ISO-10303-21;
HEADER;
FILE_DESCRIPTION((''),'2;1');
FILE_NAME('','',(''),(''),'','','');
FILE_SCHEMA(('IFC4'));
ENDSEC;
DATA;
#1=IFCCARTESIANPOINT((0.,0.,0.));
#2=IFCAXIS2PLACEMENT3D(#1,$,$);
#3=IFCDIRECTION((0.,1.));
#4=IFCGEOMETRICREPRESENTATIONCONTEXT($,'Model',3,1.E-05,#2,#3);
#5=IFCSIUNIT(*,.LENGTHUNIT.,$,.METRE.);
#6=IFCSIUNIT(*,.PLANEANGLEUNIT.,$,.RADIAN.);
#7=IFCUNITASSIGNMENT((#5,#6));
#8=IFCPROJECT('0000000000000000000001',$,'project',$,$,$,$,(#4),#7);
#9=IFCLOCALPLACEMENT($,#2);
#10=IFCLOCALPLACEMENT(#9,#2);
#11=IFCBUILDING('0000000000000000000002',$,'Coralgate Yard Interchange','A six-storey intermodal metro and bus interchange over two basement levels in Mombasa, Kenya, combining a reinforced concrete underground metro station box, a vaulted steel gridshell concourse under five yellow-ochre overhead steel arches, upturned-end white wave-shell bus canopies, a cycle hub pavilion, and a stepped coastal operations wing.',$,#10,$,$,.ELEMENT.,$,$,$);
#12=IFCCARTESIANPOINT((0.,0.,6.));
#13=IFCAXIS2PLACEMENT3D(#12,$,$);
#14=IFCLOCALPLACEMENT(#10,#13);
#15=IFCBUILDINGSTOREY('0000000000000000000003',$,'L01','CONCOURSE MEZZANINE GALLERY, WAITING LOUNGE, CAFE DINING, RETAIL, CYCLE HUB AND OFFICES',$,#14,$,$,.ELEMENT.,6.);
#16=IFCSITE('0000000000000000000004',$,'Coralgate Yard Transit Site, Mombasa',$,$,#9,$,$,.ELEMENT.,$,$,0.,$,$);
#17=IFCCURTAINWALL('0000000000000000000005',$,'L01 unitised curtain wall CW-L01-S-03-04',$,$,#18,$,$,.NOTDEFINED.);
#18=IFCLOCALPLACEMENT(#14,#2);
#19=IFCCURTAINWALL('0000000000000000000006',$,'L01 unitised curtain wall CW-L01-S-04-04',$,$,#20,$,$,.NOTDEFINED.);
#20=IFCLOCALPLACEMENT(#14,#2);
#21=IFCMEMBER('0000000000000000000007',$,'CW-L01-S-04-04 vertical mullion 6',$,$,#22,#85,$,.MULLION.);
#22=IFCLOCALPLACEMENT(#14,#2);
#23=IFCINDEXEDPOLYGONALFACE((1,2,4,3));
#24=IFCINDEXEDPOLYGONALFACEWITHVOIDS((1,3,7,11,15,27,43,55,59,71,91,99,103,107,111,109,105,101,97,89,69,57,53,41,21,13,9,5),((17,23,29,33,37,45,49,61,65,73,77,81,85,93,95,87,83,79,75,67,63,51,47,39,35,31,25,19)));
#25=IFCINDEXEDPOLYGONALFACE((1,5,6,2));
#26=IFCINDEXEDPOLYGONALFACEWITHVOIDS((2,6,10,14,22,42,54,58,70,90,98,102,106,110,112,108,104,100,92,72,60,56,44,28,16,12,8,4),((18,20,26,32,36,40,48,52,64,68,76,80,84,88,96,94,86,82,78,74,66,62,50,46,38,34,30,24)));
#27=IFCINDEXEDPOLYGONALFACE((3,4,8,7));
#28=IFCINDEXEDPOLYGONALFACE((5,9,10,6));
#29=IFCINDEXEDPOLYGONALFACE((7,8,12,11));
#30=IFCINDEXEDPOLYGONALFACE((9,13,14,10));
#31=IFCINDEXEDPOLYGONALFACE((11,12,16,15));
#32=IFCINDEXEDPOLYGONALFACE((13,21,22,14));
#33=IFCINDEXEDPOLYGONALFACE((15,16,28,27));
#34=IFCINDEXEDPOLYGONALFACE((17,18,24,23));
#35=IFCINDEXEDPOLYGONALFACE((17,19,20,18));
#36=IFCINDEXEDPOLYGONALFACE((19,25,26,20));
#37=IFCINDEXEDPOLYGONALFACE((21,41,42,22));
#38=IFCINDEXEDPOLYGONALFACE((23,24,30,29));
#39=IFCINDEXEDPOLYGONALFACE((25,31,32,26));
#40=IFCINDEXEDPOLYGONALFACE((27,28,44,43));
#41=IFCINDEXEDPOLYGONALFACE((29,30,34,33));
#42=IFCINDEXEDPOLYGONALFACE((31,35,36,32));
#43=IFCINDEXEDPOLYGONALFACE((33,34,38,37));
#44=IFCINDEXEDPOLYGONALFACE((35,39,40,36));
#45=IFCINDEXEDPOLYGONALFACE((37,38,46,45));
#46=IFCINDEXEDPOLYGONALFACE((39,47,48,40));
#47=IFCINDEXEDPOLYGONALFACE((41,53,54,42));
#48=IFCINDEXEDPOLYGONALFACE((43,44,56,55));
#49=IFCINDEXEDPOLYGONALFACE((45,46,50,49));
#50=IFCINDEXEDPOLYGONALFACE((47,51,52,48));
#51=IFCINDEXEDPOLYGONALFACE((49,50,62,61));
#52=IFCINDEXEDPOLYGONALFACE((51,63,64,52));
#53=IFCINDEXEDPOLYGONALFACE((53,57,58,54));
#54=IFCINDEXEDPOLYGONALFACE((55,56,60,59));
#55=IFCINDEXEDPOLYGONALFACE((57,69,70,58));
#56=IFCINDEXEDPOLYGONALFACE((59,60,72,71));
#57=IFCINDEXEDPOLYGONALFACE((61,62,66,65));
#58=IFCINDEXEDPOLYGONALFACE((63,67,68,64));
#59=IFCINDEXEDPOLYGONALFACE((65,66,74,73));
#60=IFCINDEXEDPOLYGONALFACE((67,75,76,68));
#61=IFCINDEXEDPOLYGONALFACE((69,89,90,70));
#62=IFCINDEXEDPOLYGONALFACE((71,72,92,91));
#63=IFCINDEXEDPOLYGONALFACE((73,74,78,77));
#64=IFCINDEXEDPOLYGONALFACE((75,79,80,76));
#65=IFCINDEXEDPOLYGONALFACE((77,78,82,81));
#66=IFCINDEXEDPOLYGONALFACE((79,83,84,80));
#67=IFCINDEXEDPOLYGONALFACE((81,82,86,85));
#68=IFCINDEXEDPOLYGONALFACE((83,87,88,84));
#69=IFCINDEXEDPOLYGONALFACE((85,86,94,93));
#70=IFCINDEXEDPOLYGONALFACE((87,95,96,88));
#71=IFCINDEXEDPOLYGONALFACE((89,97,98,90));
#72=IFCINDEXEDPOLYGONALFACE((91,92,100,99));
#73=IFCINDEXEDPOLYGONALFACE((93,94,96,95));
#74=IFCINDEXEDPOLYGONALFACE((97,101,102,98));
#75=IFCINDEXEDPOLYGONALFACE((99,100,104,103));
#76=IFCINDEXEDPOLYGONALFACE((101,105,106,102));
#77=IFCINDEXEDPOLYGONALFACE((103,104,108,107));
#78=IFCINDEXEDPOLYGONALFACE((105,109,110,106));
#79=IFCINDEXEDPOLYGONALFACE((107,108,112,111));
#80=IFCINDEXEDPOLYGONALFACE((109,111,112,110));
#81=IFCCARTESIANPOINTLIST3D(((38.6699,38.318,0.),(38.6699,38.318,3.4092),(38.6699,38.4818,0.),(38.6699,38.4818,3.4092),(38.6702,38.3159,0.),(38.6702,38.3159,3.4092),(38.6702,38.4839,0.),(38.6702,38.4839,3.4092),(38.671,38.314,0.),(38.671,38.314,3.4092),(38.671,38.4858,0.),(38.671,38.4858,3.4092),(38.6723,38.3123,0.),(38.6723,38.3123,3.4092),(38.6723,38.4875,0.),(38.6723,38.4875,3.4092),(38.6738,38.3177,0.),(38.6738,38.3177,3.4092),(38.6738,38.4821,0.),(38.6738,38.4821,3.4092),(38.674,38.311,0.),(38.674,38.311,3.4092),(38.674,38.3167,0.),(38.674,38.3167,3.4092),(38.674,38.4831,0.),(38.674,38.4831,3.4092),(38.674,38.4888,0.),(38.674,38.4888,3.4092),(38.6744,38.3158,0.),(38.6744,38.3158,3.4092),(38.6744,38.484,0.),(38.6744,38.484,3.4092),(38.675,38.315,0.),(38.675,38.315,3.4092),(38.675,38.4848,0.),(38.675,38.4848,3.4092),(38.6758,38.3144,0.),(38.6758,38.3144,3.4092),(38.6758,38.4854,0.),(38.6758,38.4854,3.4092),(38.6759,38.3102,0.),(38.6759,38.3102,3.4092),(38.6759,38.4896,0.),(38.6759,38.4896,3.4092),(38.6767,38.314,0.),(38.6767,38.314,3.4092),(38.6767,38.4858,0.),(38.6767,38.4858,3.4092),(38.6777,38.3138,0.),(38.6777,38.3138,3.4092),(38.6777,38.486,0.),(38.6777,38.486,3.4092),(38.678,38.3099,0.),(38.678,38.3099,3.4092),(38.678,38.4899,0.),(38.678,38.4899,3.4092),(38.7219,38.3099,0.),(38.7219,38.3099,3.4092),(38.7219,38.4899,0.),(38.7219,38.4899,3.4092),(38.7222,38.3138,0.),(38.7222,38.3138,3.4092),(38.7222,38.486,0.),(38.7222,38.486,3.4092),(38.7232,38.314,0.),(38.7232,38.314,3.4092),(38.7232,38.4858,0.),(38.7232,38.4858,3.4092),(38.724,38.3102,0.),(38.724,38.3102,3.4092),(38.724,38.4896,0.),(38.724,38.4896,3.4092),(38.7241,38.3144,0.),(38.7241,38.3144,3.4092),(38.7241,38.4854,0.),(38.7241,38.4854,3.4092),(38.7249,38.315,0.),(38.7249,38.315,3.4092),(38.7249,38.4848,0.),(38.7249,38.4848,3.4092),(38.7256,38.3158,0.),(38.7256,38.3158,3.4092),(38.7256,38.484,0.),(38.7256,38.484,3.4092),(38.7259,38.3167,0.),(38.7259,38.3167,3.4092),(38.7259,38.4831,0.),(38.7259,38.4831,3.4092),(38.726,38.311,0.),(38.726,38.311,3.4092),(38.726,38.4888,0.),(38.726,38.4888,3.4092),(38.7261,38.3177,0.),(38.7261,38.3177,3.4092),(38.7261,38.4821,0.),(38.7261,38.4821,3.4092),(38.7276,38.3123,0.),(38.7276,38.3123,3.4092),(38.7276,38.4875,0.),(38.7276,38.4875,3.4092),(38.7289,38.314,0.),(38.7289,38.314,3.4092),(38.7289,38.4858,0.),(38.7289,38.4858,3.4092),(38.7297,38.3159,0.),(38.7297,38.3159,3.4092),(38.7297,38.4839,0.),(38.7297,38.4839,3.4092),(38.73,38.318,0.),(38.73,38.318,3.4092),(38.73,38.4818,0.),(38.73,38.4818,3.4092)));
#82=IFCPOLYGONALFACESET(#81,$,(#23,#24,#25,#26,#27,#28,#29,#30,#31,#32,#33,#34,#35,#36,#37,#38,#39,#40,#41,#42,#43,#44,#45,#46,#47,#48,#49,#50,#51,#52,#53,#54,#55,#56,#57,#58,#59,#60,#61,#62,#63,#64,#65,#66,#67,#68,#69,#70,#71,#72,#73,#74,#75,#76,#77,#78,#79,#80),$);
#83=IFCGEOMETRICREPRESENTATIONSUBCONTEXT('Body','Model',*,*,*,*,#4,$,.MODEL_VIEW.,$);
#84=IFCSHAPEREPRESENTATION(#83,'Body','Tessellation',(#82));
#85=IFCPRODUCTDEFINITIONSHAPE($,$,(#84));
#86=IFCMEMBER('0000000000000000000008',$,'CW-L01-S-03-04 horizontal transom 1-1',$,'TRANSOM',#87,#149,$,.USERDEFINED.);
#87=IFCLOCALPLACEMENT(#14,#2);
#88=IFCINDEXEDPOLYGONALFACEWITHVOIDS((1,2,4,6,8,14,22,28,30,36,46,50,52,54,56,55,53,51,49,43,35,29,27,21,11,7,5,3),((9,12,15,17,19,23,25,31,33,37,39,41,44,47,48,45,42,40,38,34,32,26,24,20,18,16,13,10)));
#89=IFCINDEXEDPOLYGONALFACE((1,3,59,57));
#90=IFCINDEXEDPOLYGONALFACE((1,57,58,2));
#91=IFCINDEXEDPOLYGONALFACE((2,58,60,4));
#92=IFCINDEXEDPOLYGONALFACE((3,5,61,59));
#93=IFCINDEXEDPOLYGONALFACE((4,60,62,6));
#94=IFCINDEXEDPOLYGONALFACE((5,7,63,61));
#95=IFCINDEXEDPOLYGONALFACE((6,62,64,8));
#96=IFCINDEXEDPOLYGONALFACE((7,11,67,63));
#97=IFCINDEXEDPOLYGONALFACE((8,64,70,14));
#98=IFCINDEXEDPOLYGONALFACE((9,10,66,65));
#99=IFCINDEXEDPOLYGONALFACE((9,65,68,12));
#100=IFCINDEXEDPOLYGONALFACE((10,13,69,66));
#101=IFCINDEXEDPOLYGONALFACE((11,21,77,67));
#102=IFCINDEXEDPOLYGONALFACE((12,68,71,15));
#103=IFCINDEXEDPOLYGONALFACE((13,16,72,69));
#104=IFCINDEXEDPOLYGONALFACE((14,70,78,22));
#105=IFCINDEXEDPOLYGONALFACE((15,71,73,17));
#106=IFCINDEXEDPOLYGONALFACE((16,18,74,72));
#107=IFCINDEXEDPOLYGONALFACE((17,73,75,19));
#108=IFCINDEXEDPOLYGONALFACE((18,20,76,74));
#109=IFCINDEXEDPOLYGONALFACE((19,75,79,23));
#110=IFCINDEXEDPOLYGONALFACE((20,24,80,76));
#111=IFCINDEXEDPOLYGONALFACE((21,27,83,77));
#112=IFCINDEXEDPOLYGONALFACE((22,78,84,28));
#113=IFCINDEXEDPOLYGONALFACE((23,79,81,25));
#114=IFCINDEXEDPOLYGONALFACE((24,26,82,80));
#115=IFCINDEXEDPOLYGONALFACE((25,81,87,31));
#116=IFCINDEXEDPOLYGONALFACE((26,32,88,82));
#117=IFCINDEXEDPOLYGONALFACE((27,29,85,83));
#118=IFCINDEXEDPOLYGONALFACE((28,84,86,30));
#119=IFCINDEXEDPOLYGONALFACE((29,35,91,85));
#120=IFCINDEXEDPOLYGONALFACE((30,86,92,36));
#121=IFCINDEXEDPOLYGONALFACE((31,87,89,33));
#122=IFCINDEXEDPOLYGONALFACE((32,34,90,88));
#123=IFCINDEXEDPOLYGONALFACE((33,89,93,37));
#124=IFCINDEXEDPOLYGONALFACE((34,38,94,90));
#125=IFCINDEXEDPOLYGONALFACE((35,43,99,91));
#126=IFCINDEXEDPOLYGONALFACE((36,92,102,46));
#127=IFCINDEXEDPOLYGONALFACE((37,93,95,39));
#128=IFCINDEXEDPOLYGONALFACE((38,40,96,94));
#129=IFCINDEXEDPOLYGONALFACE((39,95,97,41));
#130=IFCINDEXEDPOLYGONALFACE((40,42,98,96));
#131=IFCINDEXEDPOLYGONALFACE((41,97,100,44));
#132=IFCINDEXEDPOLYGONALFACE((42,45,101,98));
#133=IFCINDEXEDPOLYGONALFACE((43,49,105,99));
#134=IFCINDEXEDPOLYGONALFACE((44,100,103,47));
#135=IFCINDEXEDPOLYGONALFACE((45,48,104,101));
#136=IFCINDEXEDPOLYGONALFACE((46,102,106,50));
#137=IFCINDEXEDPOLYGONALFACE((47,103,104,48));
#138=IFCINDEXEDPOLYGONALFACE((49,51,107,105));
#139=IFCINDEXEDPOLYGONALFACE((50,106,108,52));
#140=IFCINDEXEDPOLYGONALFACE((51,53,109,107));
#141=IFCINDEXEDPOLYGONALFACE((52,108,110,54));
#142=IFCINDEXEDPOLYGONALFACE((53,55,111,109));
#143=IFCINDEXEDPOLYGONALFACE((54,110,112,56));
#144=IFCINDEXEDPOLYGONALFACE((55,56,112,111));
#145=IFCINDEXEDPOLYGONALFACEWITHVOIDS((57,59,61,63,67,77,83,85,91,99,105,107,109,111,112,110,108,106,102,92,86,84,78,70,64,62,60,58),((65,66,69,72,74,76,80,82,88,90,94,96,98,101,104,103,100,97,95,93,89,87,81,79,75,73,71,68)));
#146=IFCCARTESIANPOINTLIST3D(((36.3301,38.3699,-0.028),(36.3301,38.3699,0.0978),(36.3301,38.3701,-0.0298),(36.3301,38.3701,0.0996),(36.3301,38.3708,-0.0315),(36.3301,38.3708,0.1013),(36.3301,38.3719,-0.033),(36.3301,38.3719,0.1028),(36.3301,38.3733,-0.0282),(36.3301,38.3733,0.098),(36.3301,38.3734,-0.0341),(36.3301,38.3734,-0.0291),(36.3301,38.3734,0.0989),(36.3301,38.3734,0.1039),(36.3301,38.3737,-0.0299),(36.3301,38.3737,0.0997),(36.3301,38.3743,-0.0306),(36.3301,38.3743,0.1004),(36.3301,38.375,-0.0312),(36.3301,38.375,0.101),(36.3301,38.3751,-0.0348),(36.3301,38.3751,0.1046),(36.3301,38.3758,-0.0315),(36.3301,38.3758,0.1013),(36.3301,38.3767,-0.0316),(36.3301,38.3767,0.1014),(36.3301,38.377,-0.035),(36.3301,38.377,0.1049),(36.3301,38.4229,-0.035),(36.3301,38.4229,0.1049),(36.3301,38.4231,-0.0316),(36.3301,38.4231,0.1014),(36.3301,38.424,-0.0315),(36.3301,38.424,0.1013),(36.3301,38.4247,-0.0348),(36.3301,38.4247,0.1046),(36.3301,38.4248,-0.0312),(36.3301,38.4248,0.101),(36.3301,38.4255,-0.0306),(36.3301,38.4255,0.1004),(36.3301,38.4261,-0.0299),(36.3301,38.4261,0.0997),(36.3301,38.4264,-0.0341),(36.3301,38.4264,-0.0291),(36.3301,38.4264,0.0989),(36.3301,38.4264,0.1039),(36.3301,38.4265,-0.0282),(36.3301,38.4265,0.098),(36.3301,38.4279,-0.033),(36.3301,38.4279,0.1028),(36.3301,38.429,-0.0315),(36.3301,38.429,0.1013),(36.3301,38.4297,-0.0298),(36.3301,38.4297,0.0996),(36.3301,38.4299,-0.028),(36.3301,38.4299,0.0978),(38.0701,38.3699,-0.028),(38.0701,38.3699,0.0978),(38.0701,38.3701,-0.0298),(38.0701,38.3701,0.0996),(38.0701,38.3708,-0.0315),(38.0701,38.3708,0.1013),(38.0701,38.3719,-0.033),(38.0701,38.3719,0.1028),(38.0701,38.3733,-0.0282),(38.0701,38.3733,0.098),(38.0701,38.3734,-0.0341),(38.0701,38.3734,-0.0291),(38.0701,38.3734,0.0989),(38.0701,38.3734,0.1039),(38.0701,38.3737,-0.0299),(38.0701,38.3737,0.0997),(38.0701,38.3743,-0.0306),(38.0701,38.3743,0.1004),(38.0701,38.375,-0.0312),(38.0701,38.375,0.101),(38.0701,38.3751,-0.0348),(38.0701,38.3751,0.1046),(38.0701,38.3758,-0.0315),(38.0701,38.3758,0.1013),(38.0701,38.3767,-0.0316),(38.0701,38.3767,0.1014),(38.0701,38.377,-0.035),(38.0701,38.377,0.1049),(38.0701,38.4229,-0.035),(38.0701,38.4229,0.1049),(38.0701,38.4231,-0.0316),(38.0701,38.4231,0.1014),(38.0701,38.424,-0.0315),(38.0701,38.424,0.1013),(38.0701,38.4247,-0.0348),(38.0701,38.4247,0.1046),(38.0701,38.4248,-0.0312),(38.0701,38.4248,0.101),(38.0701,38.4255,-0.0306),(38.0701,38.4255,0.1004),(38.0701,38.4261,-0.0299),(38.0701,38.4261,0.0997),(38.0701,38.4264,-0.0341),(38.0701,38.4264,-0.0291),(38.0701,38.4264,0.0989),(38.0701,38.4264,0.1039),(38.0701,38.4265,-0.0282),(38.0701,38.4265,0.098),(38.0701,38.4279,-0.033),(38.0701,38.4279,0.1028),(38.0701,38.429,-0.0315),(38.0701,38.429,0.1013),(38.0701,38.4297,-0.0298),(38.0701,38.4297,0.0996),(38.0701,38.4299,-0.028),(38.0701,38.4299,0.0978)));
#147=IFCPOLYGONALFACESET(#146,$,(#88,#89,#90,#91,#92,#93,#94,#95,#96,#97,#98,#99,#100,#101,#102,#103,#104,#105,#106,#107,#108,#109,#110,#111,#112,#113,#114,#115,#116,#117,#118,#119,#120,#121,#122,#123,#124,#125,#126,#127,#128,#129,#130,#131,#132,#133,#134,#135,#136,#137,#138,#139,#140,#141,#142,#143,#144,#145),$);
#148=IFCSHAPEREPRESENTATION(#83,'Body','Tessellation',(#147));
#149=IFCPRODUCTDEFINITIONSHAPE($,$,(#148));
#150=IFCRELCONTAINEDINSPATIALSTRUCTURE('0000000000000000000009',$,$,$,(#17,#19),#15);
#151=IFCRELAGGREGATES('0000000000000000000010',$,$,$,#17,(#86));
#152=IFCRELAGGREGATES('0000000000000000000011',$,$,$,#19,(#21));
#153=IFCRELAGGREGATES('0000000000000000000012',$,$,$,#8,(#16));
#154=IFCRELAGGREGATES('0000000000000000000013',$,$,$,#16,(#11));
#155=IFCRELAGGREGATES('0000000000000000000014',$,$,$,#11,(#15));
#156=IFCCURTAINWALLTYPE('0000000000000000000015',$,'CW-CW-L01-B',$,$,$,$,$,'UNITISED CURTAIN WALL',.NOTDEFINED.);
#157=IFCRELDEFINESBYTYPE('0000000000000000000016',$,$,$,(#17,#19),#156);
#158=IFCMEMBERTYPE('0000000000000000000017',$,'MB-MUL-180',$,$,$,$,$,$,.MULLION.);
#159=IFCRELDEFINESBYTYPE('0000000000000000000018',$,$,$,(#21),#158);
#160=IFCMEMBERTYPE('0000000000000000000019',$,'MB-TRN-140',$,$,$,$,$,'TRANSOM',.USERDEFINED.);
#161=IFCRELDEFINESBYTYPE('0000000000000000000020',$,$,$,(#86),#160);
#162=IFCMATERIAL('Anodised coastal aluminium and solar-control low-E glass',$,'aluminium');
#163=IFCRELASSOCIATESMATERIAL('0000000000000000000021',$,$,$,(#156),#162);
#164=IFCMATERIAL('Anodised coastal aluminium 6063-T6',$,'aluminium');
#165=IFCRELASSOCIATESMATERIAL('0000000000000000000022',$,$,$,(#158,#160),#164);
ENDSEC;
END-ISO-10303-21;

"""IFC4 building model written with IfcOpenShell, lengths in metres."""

from ifc_helpers import new_model, si_unit, direction, frame, origin, origin_2d, place, context, subcontext, project, spatial, hollow_rectangle, extrude, material, material_profile, profile_set, type_object, element, aggregate, save


model = new_model("IFC4")

# Units and contexts
model_context = context("Model", 3, precision=1e-05, world=origin(), true_north=direction((0.0, 1.0)))
body_context = subcontext(model_context, "Body", "Model", "MODEL_VIEW")
ifc_project = project(units=[si_unit("LENGTHUNIT", "METRE"), si_unit("PLANEANGLEUNIT", "RADIAN")], contexts=[model_context])

# Site, building, storey
site_placement = place(None, origin())
site = spatial("IfcSite", under=ifc_project, at=site_placement, Name="Coralgate Yard Transit Site, Mombasa", CompositionType="ELEMENT", RefElevation=0.0)
building_placement = place(site_placement, origin())
building = spatial("IfcBuilding", under=site, at=building_placement, Name="Coralgate Yard Interchange", Description="A six-storey intermodal metro and bus interchange over two basement levels in Mombasa, Kenya, combining a reinforced concrete underground metro station box, a vaulted steel gridshell concourse under five yellow-ochre overhead steel arches, upturned-end white wave-shell bus canopies, a cycle hub pavilion, and a stepped coastal operations wing.", CompositionType="ELEMENT")
storey_placement = place(building_placement, frame((0.0, 0.0, 6.0)))
storey = spatial("IfcBuildingStorey", under=building, at=storey_placement, Name="L01", Description="CONCOURSE MEZZANINE GALLERY, WAITING LOUNGE, CAFE DINING, RETAIL, CYCLE HUB AND OFFICES", CompositionType="ELEMENT", Elevation=6.0)

# Curtain wall
ifc_material_1 = material(Name="Anodised coastal aluminium and solar-control low-E glass", Category="aluminium")
curtain_wall_type_1 = type_object("IfcCurtainWallType", Name="CW-CW-L01-B", ElementType="UNITISED CURTAIN WALL", PredefinedType="NOTDEFINED", material=ifc_material_1)
curtain_wall_1_placement = place(storey_placement, origin())
curtain_wall_1 = element("IfcCurtainWall", 1, at=curtain_wall_1_placement, inside=storey, type_object=curtain_wall_type_1, Name="L01 unitised curtain wall CW-L01-S-03-04", PredefinedType="NOTDEFINED")
ifc_material_2 = material(Name="Anodised coastal aluminium 6063-T6", Category="aluminium")
ifc_material_profile_1 = material_profile(ifc_material_2, hollow_rectangle(XDim=0.0601, YDim=0.1799, WallThickness=0.0039, InnerFilletRadius=0.0039, OuterFilletRadius=0.0081, at=origin_2d()), Name="ALU 60x180x4")
ifc_profile_set_1 = profile_set([ifc_material_profile_1], Name="Anodised coastal aluminium 6063-T6")
member_type_1 = type_object("IfcMemberType", Name="MB-MUL-180", PredefinedType="MULLION", material=ifc_profile_set_1)

# Curtain wall, member
curtain_wall_2_placement = place(storey_placement, origin())
curtain_wall_2 = element("IfcCurtainWall", 2, at=curtain_wall_2_placement, inside=storey, type_object=curtain_wall_type_1, Name="L01 unitised curtain wall CW-L01-S-04-04", PredefinedType="NOTDEFINED")
member_1_placement = place(storey_placement, frame((38.7, 38.3999, 0.0), z_axis=(0.0, 0.0, 1.0), x_axis=(1.0, 0.0, 0.0)))
member_1 = element("IfcMember", 3, at=member_1_placement, type_object=member_type_1, Name="CW-L01-S-04-04 vertical mullion 6", PredefinedType="MULLION", context=body_context, shape_type="SweptSolid", body=[
    extrude(hollow_rectangle(XDim=0.0601, YDim=0.1799, WallThickness=0.0039, InnerFilletRadius=0.0039, OuterFilletRadius=0.0081, at=origin_2d()), origin(), (0.0, 0.0, 1.0), 3.4092),
])

# Member
ifc_material_profile_2 = material_profile(ifc_material_2, hollow_rectangle(XDim=0.0601, YDim=0.1399, WallThickness=0.0034, InnerFilletRadius=0.0034, OuterFilletRadius=0.0071, at=origin_2d()), Name="ALU 60x140x3.5")
ifc_profile_set_2 = profile_set([ifc_material_profile_2], Name="Anodised coastal aluminium 6063-T6")
member_type_2 = type_object("IfcMemberType", Name="MB-TRN-140", ElementType="TRANSOM", PredefinedType="USERDEFINED", material=ifc_profile_set_2)
member_2_placement = place(storey_placement, frame((38.0701, 38.3999, 0.0349), z_axis=(-1.0, 0.0, 0.0), x_axis=(0.0, -1.0, 0.0)))
member_2 = element("IfcMember", 4, at=member_2_placement, type_object=member_type_2, Name="CW-L01-S-03-04 horizontal transom 1-1", ObjectType="TRANSOM", PredefinedType="USERDEFINED", context=body_context, shape_type="SweptSolid", body=[
    extrude(hollow_rectangle(XDim=0.0601, YDim=0.1399, WallThickness=0.0034, InnerFilletRadius=0.0034, OuterFilletRadius=0.0071, at=origin_2d()), origin(), (0.0, 0.0, 1.0), 1.74),
])
aggregate(curtain_wall_1, [member_2])

aggregate(curtain_wall_2, [member_1])

save(model, "model.ifc")
